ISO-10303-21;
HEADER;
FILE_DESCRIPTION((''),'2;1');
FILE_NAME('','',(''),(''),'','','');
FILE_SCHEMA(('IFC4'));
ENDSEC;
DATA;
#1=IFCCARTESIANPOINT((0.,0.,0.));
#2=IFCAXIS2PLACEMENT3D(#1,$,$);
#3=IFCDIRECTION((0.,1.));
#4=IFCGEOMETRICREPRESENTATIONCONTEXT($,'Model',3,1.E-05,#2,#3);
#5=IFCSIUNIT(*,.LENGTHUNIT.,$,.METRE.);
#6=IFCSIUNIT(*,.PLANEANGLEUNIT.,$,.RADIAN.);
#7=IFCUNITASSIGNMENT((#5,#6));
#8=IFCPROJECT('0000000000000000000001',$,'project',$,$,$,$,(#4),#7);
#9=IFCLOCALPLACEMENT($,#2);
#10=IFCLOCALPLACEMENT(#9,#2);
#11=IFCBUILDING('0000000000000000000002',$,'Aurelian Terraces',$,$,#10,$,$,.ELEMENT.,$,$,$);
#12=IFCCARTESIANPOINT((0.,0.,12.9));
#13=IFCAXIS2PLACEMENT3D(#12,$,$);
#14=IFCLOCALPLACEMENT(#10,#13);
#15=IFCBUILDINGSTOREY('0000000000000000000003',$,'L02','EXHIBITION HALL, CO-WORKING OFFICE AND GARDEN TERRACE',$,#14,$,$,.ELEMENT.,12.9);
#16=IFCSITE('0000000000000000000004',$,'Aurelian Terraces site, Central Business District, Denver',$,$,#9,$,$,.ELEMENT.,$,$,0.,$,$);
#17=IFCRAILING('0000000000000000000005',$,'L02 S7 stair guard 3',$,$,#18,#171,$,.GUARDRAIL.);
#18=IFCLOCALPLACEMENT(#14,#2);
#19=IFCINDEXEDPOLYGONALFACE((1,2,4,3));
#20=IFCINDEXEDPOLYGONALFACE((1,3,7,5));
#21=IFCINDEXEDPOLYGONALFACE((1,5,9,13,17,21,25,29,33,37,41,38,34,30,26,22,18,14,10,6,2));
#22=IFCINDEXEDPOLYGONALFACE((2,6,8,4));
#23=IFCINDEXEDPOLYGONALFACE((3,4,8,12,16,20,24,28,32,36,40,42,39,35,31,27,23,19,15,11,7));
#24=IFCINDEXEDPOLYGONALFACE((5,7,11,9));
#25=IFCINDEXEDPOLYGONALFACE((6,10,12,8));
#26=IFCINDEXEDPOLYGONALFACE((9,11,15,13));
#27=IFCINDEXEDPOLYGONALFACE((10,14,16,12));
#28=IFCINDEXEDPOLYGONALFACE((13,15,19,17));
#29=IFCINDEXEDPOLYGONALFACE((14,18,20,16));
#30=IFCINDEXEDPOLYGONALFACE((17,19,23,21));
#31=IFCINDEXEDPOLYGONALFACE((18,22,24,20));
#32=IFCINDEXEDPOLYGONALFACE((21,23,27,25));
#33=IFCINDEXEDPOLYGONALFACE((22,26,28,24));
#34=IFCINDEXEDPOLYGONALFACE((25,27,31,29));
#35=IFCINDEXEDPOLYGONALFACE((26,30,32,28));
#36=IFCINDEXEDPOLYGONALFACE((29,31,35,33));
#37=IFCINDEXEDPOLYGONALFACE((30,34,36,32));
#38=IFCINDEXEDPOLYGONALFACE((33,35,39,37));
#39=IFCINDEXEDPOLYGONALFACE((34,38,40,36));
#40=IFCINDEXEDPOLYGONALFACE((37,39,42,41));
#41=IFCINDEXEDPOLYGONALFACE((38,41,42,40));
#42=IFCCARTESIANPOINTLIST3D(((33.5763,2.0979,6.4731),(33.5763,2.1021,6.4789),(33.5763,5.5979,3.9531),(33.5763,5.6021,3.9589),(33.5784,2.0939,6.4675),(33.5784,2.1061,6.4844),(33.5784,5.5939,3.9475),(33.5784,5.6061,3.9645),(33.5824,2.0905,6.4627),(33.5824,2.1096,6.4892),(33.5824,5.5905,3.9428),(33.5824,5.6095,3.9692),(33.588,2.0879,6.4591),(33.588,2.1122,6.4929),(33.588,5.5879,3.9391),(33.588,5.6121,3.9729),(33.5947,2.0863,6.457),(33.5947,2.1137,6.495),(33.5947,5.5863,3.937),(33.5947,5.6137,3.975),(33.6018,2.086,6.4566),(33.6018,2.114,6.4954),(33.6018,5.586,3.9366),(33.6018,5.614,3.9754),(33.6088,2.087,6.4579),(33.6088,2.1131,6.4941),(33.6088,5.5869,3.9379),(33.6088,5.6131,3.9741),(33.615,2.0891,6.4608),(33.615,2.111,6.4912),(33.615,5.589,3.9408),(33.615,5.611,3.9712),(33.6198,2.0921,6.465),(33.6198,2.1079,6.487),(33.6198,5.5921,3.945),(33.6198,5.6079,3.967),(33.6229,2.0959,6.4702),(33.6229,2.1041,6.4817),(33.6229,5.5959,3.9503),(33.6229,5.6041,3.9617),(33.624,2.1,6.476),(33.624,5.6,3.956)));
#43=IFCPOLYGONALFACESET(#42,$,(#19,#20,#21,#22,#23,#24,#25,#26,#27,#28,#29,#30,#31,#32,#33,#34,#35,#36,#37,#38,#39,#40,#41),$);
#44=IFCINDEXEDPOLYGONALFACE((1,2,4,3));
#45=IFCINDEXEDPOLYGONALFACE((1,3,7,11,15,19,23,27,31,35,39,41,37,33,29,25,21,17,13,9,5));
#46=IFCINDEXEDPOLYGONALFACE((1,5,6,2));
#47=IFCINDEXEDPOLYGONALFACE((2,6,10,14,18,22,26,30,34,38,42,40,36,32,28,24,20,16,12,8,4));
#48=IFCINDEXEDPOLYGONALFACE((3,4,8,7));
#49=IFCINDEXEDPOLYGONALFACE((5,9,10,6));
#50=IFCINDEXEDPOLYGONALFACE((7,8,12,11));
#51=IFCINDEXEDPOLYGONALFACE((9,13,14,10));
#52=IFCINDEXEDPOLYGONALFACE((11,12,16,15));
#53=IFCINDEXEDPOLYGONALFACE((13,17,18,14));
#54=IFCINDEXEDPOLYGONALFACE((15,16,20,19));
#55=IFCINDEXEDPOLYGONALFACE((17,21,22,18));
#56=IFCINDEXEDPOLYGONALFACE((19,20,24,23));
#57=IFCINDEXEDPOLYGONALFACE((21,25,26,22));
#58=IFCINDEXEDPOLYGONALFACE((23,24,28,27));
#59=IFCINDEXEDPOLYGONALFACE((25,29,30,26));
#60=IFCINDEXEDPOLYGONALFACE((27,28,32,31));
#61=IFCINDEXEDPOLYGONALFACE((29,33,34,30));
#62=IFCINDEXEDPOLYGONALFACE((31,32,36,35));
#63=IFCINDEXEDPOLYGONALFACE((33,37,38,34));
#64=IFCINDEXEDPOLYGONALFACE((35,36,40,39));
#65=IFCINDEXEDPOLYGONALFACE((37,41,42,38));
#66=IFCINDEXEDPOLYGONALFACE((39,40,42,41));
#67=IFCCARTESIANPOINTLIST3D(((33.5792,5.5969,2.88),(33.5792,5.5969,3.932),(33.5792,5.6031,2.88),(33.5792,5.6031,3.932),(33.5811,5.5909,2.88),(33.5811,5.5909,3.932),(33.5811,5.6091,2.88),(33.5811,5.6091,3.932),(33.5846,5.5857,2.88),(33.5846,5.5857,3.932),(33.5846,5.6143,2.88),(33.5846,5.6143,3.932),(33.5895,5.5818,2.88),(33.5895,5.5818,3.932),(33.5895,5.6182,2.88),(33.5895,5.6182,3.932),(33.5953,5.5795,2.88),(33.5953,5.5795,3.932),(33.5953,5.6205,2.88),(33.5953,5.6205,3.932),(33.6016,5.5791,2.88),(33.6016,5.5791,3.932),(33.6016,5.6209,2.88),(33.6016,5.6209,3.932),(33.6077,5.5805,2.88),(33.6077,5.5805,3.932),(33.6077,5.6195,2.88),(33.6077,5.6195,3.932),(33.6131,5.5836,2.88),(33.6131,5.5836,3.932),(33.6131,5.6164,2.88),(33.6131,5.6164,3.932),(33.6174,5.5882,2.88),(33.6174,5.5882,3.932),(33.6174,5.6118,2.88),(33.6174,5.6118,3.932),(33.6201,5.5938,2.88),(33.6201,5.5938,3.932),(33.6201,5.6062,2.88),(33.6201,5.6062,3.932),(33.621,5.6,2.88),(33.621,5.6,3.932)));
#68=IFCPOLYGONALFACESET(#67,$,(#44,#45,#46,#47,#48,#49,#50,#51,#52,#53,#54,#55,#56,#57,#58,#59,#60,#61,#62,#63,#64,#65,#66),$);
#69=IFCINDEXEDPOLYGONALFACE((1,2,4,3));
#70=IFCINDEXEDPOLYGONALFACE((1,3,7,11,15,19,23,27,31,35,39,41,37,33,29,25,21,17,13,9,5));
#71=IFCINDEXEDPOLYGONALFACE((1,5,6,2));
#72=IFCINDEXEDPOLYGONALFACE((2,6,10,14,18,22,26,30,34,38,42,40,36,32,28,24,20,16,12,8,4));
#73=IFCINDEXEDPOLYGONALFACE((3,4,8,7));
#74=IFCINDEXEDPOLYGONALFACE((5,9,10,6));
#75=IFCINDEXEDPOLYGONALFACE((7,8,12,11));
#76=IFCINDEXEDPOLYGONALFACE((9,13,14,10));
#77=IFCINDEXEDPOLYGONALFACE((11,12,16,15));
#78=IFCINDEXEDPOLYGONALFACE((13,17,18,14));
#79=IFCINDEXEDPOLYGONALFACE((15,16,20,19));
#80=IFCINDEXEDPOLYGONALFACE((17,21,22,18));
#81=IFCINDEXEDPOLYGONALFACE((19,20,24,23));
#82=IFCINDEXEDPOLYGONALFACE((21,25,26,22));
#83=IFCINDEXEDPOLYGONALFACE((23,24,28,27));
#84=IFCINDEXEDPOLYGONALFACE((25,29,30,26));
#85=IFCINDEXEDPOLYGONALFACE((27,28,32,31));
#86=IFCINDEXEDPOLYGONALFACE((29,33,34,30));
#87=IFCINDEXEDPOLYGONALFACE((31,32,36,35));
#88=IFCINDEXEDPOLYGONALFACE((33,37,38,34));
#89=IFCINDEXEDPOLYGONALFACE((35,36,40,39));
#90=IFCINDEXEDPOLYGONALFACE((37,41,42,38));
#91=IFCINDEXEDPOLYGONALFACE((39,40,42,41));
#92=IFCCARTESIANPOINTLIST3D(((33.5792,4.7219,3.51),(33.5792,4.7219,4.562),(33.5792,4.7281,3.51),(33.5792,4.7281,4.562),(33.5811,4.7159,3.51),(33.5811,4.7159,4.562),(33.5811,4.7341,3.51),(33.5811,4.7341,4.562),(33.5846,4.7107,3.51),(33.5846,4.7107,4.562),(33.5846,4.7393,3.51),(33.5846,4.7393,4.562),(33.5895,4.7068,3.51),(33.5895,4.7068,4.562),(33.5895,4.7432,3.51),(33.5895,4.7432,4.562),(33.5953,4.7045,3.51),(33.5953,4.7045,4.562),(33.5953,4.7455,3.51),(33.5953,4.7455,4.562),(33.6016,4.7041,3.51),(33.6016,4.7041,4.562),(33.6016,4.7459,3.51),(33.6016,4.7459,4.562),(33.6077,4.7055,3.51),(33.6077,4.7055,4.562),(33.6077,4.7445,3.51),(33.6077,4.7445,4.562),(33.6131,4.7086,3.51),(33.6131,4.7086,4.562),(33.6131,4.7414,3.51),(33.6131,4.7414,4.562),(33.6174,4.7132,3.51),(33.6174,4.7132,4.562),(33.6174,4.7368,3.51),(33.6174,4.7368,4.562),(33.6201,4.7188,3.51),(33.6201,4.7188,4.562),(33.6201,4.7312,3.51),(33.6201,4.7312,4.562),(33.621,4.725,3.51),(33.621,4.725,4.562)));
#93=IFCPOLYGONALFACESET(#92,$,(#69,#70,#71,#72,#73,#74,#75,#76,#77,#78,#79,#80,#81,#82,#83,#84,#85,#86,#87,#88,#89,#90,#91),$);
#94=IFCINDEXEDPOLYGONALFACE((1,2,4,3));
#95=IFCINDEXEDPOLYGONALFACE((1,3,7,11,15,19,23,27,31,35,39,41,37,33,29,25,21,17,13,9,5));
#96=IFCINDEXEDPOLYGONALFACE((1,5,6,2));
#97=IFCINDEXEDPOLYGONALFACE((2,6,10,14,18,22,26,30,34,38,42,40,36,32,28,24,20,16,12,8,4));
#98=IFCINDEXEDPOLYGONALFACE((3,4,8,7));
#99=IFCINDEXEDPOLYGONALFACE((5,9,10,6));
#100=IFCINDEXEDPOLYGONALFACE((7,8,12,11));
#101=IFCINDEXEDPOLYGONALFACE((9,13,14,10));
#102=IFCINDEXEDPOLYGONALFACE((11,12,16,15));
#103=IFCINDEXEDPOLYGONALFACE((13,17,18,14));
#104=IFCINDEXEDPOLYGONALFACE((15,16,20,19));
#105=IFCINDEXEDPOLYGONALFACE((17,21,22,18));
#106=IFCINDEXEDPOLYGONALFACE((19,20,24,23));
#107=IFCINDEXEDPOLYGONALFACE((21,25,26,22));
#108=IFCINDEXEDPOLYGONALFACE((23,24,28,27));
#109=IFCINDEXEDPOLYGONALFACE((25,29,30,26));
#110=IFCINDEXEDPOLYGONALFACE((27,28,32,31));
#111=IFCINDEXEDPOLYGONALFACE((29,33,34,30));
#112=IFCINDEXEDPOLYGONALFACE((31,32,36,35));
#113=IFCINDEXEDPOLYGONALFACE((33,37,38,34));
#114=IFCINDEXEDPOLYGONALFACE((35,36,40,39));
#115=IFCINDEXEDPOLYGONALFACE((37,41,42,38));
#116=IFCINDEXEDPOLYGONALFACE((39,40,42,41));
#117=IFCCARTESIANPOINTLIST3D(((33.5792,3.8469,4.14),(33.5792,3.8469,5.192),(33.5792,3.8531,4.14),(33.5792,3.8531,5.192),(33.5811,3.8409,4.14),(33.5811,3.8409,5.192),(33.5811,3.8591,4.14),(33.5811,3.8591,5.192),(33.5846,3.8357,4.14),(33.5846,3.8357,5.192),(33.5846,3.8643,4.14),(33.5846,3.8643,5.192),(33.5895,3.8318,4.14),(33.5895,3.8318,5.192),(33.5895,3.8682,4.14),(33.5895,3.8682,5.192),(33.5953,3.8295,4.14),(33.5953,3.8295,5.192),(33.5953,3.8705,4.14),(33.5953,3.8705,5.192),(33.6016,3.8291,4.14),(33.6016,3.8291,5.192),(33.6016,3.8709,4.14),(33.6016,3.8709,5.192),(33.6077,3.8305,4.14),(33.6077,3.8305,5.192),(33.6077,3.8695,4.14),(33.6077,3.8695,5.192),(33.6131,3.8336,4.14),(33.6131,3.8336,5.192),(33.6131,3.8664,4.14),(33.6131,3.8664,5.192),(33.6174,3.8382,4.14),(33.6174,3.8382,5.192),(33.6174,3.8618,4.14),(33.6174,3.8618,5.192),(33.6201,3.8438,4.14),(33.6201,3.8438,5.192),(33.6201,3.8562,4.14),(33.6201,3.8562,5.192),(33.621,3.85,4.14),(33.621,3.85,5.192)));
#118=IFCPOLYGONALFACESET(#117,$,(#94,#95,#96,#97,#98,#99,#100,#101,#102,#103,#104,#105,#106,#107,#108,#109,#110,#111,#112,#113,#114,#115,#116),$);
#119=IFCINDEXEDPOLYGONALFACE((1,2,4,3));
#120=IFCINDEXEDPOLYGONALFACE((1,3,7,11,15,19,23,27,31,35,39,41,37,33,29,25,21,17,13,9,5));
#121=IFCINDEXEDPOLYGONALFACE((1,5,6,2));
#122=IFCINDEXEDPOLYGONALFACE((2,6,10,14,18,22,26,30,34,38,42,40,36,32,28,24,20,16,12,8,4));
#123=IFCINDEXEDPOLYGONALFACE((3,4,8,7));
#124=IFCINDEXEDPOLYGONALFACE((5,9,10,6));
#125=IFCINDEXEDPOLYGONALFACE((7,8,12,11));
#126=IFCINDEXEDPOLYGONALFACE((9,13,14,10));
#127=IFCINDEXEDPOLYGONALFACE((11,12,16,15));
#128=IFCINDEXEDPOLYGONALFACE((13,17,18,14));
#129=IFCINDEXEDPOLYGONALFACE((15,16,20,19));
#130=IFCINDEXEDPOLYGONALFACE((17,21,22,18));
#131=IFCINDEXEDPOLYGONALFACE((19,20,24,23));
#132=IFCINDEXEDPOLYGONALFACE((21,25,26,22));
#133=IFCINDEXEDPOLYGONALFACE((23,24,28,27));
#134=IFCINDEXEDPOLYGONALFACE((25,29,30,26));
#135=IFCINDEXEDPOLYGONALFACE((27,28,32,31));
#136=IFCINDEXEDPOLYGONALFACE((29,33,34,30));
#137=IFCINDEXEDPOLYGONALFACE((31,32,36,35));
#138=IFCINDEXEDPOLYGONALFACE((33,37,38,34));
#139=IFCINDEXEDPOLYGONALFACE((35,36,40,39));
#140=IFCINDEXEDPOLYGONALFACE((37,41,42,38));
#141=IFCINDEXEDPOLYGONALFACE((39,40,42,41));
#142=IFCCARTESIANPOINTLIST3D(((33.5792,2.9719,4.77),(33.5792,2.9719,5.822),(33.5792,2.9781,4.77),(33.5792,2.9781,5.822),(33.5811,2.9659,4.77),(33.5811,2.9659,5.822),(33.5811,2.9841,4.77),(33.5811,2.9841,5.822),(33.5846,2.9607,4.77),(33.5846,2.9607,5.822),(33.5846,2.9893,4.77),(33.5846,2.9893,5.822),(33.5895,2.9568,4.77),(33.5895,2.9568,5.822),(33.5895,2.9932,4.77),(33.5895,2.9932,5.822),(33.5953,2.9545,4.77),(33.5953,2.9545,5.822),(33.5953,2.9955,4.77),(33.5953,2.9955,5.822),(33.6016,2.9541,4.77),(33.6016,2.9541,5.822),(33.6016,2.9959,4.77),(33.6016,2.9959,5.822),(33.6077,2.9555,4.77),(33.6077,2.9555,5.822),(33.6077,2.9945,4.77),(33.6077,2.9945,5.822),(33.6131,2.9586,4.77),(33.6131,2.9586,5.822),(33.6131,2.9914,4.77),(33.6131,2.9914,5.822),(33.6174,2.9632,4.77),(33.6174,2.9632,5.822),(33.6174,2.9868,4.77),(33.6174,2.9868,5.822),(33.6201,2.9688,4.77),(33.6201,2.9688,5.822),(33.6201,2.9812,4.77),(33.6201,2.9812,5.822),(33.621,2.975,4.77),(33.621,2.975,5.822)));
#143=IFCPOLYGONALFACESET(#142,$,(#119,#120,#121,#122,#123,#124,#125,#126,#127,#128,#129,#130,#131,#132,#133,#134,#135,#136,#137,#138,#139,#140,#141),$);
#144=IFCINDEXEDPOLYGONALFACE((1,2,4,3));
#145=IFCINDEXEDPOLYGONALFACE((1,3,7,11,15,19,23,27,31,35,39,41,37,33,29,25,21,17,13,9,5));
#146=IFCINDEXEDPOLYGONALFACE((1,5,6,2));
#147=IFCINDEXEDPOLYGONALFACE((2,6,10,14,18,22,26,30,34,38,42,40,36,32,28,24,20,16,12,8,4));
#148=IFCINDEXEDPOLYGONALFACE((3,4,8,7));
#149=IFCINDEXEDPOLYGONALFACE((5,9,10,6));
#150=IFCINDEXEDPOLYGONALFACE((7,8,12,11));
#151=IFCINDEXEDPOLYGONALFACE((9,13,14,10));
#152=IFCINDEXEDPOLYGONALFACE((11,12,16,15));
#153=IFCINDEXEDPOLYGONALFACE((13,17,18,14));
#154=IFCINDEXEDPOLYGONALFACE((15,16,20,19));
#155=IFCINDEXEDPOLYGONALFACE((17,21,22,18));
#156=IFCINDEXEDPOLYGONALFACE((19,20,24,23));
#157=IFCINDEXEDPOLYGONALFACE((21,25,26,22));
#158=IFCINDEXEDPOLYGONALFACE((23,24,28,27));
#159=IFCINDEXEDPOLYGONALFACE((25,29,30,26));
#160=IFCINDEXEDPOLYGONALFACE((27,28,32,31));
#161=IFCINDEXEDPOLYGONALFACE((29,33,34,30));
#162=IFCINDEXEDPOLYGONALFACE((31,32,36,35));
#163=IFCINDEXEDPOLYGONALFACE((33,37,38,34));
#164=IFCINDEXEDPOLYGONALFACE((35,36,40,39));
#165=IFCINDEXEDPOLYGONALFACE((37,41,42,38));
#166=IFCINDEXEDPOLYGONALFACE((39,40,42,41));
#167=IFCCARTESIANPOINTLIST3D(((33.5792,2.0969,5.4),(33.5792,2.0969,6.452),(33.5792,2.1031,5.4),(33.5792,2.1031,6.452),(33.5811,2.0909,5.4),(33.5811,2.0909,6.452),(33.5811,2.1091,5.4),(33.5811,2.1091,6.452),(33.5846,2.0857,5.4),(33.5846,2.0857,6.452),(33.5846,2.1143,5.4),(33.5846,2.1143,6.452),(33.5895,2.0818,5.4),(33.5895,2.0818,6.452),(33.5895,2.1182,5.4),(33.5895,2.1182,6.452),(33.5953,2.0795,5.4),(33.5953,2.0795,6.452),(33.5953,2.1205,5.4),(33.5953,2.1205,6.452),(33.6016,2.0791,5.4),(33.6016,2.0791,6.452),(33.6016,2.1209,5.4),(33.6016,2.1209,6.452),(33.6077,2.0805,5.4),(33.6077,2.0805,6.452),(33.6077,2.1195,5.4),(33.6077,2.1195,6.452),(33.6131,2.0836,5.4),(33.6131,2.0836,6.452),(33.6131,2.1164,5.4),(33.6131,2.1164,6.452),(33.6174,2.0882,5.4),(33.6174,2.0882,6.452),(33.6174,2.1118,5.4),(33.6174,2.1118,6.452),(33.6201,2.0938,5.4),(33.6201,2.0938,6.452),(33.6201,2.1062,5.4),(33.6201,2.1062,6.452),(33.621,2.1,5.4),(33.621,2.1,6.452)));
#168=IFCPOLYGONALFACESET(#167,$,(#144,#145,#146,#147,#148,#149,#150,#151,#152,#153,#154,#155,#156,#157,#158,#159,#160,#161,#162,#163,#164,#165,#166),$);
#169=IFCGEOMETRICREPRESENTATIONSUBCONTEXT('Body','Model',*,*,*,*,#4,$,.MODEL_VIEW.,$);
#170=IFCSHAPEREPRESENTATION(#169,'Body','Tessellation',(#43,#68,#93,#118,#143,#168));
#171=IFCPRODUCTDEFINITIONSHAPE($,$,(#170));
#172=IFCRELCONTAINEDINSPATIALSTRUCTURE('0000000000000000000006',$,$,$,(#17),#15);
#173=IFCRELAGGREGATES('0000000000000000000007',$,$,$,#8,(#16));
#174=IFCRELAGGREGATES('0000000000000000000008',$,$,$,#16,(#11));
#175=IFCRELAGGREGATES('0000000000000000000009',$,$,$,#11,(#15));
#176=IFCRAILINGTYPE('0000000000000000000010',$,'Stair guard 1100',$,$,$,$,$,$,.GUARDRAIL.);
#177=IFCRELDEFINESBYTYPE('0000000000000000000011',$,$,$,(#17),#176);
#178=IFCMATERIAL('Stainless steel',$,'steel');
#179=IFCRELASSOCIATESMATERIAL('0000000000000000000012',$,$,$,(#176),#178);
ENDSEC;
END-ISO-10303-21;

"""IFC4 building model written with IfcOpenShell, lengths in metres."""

from ifc_helpers import new_model, si_unit, direction, frame, origin, origin_2d, place, context, subcontext, project, spatial, circle, extrude, source, transform, mapped, material, type_object, element, save


model = new_model("IFC4")

# Units and contexts
model_context = context("Model", 3, precision=1e-05, world=origin(), true_north=direction((0.0, 1.0)))
body_context = subcontext(model_context, "Body", "Model", "MODEL_VIEW")
ifc_project = project(units=[si_unit("LENGTHUNIT", "METRE"), si_unit("PLANEANGLEUNIT", "RADIAN")], contexts=[model_context])

# Site, building, storey
site_placement = place(None, origin())
site = spatial("IfcSite", under=ifc_project, at=site_placement, Name="Aurelian Terraces site, Central Business District, Denver", CompositionType="ELEMENT", RefElevation=0.0)
building_placement = place(site_placement, origin())
building = spatial("IfcBuilding", under=site, at=building_placement, Name="Aurelian Terraces", CompositionType="ELEMENT")
storey_placement = place(building_placement, frame((0.0, 0.0, 12.9)))
storey = spatial("IfcBuildingStorey", under=building, at=storey_placement, Name="L02", Description="EXHIBITION HALL, CO-WORKING OFFICE AND GARDEN TERRACE", CompositionType="ELEMENT", Elevation=12.9)

# Railing
ifc_material_1 = material(Name="Stainless steel", Category="steel")
railing_type_1 = type_object("IfcRailingType", Name="Stair guard 1100", PredefinedType="GUARDRAIL", material=ifc_material_1)
shared_shape_1 = source(origin(), body_context, "Body", "SweptSolid", [
    extrude(circle(Radius=0.024, at=origin_2d()), frame((0.0, 0.0, 1.076), z_axis=(0.0, -0.811534, 0.584305), x_axis=(1.0, 0.0, 0.0)), (0.0, 0.0, 1.0), 4.3128),
    extrude(circle(Radius=0.021, at=origin_2d()), origin(), (0.0, 0.0, 1.0), 1.052),
    extrude(circle(Radius=0.021, at=origin_2d()), frame((0.0, -0.875, 0.63)), (0.0, 0.0, 1.0), 1.052),
    extrude(circle(Radius=0.021, at=origin_2d()), frame((0.0, -1.75, 1.26)), (0.0, 0.0, 1.0), 1.052),
    extrude(circle(Radius=0.021, at=origin_2d()), frame((0.0, -2.625, 1.89)), (0.0, 0.0, 1.0), 1.052),
    extrude(circle(Radius=0.021, at=origin_2d()), frame((0.0, -3.5, 2.52)), (0.0, 0.0, 1.0), 1.052),
])
for number, where, name in (
    (1, (33.6, 5.6, 2.88), "L02 S7 stair guard 3"),
):
    element("IfcRailing", number, at=place(storey_placement, frame(where)), inside=storey, type_object=railing_type_1, Name=name, PredefinedType="GUARDRAIL", context=body_context, shape_type="MappedRepresentation", body=[
        mapped(shared_shape_1, transform((0.0, 0.0, 0.0), scale=1.0)),
    ])

save(model, "model.ifc")
